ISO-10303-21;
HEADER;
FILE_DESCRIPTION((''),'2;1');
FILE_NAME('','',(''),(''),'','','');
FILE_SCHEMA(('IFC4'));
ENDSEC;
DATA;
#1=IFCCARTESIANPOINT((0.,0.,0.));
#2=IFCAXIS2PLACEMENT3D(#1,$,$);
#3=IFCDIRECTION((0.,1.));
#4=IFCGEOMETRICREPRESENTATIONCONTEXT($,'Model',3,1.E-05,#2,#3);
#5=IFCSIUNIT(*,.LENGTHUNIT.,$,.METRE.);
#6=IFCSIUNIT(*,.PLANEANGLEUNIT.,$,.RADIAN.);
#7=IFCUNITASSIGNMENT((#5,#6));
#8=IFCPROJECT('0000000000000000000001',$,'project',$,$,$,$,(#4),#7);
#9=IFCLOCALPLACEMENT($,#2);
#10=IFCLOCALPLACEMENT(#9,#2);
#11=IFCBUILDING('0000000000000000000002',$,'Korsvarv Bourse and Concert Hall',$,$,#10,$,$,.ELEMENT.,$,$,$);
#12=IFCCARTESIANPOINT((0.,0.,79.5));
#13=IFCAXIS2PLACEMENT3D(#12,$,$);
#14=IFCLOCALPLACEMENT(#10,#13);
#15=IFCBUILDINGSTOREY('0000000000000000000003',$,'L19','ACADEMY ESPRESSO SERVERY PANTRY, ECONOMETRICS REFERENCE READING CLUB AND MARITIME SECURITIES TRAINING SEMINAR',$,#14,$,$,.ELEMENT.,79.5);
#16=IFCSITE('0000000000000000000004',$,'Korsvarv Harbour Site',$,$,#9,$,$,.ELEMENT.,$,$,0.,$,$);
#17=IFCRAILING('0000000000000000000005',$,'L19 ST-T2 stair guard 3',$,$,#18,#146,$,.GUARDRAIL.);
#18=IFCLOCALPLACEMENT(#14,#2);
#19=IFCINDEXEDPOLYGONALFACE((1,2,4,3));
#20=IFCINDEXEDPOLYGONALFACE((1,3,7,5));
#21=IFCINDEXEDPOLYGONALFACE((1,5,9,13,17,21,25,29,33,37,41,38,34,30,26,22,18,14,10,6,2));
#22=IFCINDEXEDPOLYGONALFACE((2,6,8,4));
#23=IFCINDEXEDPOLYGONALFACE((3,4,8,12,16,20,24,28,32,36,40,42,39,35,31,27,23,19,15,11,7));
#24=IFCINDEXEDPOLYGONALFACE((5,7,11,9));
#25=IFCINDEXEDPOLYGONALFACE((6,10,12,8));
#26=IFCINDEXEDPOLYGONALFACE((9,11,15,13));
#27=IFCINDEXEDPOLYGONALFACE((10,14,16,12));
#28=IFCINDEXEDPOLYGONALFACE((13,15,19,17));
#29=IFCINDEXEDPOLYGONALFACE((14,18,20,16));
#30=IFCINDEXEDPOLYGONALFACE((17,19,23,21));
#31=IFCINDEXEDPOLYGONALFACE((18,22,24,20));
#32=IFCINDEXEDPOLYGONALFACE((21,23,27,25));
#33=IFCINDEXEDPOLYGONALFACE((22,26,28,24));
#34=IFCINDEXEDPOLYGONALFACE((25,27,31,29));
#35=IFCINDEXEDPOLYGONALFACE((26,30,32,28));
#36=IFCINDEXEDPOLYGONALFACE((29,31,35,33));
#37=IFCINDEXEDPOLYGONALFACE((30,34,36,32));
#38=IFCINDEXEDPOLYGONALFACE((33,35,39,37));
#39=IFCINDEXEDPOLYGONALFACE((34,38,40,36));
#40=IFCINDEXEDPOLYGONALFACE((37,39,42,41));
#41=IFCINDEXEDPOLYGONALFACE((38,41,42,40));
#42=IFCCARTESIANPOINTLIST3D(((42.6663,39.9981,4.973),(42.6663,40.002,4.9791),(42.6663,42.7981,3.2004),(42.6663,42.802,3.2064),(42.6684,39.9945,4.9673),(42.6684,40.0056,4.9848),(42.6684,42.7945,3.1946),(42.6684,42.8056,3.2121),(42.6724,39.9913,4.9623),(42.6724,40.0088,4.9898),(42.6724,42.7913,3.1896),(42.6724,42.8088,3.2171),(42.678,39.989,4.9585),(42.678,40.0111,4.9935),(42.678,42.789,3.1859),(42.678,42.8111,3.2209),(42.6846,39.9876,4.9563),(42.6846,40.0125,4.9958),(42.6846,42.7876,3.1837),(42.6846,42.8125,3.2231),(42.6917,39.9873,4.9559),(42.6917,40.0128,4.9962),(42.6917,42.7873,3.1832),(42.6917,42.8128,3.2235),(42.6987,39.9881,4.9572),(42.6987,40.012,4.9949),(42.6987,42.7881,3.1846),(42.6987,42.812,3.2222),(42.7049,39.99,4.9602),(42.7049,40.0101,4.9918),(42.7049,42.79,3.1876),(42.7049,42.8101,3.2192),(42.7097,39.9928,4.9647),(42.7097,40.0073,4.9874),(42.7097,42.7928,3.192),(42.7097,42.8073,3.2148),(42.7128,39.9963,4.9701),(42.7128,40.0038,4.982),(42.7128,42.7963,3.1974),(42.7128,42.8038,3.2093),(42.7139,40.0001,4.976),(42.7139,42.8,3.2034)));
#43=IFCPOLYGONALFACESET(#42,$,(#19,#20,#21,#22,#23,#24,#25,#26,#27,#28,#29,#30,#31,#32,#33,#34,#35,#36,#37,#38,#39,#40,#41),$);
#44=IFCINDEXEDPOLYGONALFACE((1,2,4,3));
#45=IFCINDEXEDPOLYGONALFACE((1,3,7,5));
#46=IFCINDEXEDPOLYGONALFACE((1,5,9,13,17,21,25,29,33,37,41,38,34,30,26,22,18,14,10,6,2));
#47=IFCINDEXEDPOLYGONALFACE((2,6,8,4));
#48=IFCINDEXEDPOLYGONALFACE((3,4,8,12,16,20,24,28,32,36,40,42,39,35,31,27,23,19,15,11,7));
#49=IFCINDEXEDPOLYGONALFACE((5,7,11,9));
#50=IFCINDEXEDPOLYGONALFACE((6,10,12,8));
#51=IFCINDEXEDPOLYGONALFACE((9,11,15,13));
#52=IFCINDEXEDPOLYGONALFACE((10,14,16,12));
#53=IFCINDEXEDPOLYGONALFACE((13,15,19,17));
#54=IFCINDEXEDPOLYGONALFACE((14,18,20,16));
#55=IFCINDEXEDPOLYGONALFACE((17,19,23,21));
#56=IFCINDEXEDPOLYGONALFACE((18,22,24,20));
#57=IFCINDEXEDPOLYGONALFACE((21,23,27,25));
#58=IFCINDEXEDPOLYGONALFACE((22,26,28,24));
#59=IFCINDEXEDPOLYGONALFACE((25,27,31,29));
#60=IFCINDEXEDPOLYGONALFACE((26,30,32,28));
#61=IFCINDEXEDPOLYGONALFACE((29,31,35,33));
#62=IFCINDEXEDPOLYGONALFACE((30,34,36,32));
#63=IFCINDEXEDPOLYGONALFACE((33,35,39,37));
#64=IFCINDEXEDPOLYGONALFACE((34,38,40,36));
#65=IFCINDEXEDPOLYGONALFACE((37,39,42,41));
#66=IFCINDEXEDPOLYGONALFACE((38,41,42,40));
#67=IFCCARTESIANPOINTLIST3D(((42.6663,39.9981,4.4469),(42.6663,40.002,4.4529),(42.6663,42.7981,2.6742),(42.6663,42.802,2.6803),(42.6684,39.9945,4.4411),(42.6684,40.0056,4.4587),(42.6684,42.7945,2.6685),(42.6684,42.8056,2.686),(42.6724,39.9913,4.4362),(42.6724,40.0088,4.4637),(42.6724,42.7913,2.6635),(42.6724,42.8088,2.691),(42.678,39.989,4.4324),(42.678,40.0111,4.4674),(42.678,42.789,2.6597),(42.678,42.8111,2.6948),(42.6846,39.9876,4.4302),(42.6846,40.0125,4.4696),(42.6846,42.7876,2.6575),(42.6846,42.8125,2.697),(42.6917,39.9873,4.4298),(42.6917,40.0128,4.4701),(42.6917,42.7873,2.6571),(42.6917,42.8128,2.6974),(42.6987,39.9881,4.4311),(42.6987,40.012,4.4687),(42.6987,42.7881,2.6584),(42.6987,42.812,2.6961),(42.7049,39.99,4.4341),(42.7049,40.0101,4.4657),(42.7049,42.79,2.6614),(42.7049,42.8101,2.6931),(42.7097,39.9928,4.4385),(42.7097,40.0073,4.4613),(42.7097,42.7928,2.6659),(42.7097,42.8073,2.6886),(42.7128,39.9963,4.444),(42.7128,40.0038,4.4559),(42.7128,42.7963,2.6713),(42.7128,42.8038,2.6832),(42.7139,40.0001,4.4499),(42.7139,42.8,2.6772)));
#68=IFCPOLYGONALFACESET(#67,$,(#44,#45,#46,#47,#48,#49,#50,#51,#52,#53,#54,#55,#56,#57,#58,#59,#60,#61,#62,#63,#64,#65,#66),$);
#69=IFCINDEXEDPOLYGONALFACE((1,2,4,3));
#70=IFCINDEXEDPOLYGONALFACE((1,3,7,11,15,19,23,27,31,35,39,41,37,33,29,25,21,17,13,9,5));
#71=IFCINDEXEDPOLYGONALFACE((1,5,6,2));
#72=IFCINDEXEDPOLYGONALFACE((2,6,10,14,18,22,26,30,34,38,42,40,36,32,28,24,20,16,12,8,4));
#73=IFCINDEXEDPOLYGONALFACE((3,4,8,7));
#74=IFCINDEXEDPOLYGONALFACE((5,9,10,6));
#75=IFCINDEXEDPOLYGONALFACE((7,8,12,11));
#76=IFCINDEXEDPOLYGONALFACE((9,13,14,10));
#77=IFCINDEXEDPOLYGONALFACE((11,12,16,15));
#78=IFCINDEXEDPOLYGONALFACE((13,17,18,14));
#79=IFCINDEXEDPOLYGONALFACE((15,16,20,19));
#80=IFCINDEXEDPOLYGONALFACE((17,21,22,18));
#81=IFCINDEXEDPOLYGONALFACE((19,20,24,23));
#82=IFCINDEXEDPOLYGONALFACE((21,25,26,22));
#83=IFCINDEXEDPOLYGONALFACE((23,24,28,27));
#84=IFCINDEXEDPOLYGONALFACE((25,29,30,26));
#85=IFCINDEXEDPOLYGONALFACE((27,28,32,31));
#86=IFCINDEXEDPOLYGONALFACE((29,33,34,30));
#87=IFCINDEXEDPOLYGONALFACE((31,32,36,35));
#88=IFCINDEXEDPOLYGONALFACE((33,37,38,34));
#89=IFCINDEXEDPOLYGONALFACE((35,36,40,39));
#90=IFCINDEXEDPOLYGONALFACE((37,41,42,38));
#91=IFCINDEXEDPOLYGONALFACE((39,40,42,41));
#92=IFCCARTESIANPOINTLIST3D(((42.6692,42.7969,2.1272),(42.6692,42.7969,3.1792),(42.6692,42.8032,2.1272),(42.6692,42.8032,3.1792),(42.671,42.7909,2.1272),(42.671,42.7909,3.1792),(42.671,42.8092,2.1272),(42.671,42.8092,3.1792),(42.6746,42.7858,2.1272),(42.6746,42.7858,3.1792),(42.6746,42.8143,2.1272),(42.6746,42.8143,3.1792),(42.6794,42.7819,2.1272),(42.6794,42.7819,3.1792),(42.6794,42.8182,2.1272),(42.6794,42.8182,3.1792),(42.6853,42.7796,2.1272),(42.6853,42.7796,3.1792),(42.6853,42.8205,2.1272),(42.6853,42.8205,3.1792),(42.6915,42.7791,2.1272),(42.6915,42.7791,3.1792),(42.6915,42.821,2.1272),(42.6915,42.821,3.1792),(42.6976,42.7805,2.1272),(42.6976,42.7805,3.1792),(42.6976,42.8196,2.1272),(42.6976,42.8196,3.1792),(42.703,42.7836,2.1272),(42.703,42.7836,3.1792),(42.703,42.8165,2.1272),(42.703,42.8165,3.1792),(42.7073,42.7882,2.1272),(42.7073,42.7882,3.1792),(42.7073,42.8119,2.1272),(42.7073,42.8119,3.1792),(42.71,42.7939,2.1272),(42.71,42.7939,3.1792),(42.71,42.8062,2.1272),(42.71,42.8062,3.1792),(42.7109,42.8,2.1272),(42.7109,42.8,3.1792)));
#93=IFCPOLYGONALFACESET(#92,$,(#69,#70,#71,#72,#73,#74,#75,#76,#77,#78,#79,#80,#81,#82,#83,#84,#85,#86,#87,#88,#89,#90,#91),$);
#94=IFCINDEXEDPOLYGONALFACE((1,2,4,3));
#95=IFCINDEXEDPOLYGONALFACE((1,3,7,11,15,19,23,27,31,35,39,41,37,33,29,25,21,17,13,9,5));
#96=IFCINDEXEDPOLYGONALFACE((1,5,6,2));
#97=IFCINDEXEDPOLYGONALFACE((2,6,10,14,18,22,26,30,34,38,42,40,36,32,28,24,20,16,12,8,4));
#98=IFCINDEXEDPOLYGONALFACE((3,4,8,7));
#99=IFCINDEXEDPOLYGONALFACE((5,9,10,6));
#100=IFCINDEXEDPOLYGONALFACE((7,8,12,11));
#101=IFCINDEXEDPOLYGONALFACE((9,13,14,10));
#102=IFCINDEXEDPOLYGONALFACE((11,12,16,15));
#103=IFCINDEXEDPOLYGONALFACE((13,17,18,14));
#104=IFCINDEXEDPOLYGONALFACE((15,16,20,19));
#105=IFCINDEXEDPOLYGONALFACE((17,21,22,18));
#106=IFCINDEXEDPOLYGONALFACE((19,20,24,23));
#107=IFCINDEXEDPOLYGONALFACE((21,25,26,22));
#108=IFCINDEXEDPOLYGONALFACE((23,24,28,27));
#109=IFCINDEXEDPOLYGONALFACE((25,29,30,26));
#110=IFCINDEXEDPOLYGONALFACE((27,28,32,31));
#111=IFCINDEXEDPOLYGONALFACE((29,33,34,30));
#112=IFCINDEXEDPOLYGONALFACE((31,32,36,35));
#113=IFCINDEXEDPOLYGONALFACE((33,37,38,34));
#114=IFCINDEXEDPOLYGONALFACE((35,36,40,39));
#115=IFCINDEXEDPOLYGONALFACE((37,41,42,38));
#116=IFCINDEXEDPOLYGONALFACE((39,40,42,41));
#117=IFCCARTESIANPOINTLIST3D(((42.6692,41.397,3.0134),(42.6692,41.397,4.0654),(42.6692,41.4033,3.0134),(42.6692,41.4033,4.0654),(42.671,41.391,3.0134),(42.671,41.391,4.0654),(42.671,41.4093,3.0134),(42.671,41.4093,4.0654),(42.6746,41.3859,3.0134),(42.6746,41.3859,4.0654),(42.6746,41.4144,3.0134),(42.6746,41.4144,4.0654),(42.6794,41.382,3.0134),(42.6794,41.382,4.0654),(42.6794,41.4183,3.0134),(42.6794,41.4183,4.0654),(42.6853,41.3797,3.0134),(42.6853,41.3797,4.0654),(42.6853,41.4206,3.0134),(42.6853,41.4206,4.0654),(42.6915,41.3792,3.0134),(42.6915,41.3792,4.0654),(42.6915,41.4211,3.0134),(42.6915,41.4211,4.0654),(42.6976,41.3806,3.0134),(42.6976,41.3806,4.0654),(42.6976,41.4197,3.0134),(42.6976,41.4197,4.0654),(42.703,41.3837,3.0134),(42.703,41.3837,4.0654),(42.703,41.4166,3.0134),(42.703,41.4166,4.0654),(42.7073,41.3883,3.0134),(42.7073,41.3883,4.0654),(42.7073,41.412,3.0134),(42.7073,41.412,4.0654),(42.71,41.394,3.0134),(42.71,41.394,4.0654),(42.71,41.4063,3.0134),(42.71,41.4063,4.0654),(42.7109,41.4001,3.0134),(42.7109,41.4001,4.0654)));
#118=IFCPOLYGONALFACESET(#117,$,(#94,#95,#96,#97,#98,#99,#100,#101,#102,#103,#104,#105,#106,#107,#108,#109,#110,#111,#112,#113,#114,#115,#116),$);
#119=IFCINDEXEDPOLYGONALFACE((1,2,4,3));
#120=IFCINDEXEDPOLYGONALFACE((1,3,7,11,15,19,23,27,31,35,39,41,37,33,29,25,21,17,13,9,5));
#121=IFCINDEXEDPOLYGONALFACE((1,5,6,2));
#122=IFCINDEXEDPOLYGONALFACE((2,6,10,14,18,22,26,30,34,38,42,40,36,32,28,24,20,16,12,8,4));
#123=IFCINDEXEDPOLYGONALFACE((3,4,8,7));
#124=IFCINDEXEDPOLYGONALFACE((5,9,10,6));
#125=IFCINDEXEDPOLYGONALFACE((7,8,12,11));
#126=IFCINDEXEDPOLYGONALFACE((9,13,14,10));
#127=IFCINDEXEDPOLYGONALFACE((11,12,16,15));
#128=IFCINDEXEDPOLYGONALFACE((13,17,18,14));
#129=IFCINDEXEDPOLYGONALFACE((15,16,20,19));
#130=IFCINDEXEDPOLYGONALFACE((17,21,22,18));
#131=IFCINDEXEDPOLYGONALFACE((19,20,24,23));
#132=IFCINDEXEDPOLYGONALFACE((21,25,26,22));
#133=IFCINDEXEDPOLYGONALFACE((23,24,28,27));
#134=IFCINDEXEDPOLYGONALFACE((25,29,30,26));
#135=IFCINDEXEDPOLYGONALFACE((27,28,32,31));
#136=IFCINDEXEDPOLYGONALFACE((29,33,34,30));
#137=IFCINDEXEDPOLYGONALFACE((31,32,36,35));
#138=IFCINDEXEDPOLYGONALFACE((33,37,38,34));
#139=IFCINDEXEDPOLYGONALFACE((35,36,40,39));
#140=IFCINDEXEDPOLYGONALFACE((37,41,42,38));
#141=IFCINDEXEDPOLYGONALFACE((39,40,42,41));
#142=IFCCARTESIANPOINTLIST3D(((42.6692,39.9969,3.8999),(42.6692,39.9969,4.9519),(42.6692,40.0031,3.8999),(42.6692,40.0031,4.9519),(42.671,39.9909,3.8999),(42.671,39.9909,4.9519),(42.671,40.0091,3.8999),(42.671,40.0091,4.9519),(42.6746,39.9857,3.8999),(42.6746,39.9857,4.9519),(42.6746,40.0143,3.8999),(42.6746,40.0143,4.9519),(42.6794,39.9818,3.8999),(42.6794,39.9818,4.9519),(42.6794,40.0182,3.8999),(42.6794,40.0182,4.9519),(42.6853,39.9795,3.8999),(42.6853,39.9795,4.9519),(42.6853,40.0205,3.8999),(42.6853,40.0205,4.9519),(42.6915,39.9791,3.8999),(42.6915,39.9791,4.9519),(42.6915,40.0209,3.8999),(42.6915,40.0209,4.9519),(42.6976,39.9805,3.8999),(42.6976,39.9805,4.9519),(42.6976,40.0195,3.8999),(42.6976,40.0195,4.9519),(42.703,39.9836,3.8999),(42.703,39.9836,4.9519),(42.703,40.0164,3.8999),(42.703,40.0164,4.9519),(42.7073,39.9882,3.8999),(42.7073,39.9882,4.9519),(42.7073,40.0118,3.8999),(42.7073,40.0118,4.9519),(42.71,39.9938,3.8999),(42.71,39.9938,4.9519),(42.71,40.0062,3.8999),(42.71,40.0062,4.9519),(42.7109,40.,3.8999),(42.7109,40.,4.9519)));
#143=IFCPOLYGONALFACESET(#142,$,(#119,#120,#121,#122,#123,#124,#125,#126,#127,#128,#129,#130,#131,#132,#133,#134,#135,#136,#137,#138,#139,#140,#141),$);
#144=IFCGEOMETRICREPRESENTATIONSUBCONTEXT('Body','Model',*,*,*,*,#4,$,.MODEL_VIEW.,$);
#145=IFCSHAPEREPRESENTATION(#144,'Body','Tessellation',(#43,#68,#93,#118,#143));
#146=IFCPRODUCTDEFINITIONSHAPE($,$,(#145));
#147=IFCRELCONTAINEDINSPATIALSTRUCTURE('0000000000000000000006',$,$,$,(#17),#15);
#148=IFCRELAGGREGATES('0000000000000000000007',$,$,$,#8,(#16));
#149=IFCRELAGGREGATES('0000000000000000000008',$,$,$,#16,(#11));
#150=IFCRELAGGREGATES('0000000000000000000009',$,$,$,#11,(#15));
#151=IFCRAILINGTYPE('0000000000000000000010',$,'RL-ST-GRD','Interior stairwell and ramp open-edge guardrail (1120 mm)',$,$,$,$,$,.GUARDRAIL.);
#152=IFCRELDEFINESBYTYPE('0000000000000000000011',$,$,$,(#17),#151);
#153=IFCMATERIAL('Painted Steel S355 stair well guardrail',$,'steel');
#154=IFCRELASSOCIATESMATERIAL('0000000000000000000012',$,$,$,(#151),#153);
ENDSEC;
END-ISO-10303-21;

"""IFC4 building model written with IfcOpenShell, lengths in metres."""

from ifc_helpers import new_model, si_unit, direction, frame, origin, origin_2d, place, context, subcontext, project, spatial, circle, extrude, material, type_object, element, save


model = new_model("IFC4")

# Units and contexts
model_context = context("Model", 3, precision=1e-05, world=origin(), true_north=direction((0.0, 1.0)))
body_context = subcontext(model_context, "Body", "Model", "MODEL_VIEW")
ifc_project = project(units=[si_unit("LENGTHUNIT", "METRE"), si_unit("PLANEANGLEUNIT", "RADIAN")], contexts=[model_context])

# Site, building, storey
site_placement = place(None, origin())
site = spatial("IfcSite", under=ifc_project, at=site_placement, Name="Korsvarv Harbour Site", CompositionType="ELEMENT", RefElevation=0.0)
building_placement = place(site_placement, origin())
building = spatial("IfcBuilding", under=site, at=building_placement, Name="Korsvarv Bourse and Concert Hall", CompositionType="ELEMENT")
storey_placement = place(building_placement, frame((0.0, 0.0, 79.5)))
storey = spatial("IfcBuildingStorey", under=building, at=storey_placement, Name="L19", Description="ACADEMY ESPRESSO SERVERY PANTRY, ECONOMETRICS REFERENCE READING CLUB AND MARITIME SECURITIES TRAINING SEMINAR", CompositionType="ELEMENT", Elevation=79.5)

# Railing
ifc_material_1 = material(Name="Painted Steel S355 stair well guardrail", Category="steel")
railing_type_1 = type_object("IfcRailingType", Name="RL-ST-GRD", Description="Interior stairwell and ramp open-edge guardrail (1120 mm)", PredefinedType="GUARDRAIL", material=ifc_material_1)
railing_1_placement = place(storey_placement, frame((42.6899, 42.8, 2.1272)))
element("IfcRailing", 1, at=railing_1_placement, inside=storey, type_object=railing_type_1, Name="L19 ST-T2 stair guard 3", PredefinedType="GUARDRAIL", context=body_context, shape_type="SweptSolid", body=[
    extrude(circle(Radius=0.0239, at=origin_2d()), frame((0.0, 0.0, 1.0762), z_axis=(0.0, -0.844909, 0.53491), x_axis=(1.0, 0.0, 0.0)), (0.0, 0.0, 1.0), 3.314),
    extrude(circle(Radius=0.0239, at=origin_2d()), frame((0.0, 0.0, 0.55), z_axis=(0.0, -0.844909, 0.53491), x_axis=(1.0, 0.0, 0.0)), (0.0, 0.0, 1.0), 3.314),
    extrude(circle(Radius=0.021, at=origin_2d()), origin(), (0.0, 0.0, 1.0), 1.052),
    extrude(circle(Radius=0.021, at=origin_2d()), frame((0.0, -1.3999, 0.8862)), (0.0, 0.0, 1.0), 1.052),
    extrude(circle(Radius=0.021, at=origin_2d()), frame((0.0, -2.8, 1.7727)), (0.0, 0.0, 1.0), 1.052),
])

save(model, "model.ifc")
